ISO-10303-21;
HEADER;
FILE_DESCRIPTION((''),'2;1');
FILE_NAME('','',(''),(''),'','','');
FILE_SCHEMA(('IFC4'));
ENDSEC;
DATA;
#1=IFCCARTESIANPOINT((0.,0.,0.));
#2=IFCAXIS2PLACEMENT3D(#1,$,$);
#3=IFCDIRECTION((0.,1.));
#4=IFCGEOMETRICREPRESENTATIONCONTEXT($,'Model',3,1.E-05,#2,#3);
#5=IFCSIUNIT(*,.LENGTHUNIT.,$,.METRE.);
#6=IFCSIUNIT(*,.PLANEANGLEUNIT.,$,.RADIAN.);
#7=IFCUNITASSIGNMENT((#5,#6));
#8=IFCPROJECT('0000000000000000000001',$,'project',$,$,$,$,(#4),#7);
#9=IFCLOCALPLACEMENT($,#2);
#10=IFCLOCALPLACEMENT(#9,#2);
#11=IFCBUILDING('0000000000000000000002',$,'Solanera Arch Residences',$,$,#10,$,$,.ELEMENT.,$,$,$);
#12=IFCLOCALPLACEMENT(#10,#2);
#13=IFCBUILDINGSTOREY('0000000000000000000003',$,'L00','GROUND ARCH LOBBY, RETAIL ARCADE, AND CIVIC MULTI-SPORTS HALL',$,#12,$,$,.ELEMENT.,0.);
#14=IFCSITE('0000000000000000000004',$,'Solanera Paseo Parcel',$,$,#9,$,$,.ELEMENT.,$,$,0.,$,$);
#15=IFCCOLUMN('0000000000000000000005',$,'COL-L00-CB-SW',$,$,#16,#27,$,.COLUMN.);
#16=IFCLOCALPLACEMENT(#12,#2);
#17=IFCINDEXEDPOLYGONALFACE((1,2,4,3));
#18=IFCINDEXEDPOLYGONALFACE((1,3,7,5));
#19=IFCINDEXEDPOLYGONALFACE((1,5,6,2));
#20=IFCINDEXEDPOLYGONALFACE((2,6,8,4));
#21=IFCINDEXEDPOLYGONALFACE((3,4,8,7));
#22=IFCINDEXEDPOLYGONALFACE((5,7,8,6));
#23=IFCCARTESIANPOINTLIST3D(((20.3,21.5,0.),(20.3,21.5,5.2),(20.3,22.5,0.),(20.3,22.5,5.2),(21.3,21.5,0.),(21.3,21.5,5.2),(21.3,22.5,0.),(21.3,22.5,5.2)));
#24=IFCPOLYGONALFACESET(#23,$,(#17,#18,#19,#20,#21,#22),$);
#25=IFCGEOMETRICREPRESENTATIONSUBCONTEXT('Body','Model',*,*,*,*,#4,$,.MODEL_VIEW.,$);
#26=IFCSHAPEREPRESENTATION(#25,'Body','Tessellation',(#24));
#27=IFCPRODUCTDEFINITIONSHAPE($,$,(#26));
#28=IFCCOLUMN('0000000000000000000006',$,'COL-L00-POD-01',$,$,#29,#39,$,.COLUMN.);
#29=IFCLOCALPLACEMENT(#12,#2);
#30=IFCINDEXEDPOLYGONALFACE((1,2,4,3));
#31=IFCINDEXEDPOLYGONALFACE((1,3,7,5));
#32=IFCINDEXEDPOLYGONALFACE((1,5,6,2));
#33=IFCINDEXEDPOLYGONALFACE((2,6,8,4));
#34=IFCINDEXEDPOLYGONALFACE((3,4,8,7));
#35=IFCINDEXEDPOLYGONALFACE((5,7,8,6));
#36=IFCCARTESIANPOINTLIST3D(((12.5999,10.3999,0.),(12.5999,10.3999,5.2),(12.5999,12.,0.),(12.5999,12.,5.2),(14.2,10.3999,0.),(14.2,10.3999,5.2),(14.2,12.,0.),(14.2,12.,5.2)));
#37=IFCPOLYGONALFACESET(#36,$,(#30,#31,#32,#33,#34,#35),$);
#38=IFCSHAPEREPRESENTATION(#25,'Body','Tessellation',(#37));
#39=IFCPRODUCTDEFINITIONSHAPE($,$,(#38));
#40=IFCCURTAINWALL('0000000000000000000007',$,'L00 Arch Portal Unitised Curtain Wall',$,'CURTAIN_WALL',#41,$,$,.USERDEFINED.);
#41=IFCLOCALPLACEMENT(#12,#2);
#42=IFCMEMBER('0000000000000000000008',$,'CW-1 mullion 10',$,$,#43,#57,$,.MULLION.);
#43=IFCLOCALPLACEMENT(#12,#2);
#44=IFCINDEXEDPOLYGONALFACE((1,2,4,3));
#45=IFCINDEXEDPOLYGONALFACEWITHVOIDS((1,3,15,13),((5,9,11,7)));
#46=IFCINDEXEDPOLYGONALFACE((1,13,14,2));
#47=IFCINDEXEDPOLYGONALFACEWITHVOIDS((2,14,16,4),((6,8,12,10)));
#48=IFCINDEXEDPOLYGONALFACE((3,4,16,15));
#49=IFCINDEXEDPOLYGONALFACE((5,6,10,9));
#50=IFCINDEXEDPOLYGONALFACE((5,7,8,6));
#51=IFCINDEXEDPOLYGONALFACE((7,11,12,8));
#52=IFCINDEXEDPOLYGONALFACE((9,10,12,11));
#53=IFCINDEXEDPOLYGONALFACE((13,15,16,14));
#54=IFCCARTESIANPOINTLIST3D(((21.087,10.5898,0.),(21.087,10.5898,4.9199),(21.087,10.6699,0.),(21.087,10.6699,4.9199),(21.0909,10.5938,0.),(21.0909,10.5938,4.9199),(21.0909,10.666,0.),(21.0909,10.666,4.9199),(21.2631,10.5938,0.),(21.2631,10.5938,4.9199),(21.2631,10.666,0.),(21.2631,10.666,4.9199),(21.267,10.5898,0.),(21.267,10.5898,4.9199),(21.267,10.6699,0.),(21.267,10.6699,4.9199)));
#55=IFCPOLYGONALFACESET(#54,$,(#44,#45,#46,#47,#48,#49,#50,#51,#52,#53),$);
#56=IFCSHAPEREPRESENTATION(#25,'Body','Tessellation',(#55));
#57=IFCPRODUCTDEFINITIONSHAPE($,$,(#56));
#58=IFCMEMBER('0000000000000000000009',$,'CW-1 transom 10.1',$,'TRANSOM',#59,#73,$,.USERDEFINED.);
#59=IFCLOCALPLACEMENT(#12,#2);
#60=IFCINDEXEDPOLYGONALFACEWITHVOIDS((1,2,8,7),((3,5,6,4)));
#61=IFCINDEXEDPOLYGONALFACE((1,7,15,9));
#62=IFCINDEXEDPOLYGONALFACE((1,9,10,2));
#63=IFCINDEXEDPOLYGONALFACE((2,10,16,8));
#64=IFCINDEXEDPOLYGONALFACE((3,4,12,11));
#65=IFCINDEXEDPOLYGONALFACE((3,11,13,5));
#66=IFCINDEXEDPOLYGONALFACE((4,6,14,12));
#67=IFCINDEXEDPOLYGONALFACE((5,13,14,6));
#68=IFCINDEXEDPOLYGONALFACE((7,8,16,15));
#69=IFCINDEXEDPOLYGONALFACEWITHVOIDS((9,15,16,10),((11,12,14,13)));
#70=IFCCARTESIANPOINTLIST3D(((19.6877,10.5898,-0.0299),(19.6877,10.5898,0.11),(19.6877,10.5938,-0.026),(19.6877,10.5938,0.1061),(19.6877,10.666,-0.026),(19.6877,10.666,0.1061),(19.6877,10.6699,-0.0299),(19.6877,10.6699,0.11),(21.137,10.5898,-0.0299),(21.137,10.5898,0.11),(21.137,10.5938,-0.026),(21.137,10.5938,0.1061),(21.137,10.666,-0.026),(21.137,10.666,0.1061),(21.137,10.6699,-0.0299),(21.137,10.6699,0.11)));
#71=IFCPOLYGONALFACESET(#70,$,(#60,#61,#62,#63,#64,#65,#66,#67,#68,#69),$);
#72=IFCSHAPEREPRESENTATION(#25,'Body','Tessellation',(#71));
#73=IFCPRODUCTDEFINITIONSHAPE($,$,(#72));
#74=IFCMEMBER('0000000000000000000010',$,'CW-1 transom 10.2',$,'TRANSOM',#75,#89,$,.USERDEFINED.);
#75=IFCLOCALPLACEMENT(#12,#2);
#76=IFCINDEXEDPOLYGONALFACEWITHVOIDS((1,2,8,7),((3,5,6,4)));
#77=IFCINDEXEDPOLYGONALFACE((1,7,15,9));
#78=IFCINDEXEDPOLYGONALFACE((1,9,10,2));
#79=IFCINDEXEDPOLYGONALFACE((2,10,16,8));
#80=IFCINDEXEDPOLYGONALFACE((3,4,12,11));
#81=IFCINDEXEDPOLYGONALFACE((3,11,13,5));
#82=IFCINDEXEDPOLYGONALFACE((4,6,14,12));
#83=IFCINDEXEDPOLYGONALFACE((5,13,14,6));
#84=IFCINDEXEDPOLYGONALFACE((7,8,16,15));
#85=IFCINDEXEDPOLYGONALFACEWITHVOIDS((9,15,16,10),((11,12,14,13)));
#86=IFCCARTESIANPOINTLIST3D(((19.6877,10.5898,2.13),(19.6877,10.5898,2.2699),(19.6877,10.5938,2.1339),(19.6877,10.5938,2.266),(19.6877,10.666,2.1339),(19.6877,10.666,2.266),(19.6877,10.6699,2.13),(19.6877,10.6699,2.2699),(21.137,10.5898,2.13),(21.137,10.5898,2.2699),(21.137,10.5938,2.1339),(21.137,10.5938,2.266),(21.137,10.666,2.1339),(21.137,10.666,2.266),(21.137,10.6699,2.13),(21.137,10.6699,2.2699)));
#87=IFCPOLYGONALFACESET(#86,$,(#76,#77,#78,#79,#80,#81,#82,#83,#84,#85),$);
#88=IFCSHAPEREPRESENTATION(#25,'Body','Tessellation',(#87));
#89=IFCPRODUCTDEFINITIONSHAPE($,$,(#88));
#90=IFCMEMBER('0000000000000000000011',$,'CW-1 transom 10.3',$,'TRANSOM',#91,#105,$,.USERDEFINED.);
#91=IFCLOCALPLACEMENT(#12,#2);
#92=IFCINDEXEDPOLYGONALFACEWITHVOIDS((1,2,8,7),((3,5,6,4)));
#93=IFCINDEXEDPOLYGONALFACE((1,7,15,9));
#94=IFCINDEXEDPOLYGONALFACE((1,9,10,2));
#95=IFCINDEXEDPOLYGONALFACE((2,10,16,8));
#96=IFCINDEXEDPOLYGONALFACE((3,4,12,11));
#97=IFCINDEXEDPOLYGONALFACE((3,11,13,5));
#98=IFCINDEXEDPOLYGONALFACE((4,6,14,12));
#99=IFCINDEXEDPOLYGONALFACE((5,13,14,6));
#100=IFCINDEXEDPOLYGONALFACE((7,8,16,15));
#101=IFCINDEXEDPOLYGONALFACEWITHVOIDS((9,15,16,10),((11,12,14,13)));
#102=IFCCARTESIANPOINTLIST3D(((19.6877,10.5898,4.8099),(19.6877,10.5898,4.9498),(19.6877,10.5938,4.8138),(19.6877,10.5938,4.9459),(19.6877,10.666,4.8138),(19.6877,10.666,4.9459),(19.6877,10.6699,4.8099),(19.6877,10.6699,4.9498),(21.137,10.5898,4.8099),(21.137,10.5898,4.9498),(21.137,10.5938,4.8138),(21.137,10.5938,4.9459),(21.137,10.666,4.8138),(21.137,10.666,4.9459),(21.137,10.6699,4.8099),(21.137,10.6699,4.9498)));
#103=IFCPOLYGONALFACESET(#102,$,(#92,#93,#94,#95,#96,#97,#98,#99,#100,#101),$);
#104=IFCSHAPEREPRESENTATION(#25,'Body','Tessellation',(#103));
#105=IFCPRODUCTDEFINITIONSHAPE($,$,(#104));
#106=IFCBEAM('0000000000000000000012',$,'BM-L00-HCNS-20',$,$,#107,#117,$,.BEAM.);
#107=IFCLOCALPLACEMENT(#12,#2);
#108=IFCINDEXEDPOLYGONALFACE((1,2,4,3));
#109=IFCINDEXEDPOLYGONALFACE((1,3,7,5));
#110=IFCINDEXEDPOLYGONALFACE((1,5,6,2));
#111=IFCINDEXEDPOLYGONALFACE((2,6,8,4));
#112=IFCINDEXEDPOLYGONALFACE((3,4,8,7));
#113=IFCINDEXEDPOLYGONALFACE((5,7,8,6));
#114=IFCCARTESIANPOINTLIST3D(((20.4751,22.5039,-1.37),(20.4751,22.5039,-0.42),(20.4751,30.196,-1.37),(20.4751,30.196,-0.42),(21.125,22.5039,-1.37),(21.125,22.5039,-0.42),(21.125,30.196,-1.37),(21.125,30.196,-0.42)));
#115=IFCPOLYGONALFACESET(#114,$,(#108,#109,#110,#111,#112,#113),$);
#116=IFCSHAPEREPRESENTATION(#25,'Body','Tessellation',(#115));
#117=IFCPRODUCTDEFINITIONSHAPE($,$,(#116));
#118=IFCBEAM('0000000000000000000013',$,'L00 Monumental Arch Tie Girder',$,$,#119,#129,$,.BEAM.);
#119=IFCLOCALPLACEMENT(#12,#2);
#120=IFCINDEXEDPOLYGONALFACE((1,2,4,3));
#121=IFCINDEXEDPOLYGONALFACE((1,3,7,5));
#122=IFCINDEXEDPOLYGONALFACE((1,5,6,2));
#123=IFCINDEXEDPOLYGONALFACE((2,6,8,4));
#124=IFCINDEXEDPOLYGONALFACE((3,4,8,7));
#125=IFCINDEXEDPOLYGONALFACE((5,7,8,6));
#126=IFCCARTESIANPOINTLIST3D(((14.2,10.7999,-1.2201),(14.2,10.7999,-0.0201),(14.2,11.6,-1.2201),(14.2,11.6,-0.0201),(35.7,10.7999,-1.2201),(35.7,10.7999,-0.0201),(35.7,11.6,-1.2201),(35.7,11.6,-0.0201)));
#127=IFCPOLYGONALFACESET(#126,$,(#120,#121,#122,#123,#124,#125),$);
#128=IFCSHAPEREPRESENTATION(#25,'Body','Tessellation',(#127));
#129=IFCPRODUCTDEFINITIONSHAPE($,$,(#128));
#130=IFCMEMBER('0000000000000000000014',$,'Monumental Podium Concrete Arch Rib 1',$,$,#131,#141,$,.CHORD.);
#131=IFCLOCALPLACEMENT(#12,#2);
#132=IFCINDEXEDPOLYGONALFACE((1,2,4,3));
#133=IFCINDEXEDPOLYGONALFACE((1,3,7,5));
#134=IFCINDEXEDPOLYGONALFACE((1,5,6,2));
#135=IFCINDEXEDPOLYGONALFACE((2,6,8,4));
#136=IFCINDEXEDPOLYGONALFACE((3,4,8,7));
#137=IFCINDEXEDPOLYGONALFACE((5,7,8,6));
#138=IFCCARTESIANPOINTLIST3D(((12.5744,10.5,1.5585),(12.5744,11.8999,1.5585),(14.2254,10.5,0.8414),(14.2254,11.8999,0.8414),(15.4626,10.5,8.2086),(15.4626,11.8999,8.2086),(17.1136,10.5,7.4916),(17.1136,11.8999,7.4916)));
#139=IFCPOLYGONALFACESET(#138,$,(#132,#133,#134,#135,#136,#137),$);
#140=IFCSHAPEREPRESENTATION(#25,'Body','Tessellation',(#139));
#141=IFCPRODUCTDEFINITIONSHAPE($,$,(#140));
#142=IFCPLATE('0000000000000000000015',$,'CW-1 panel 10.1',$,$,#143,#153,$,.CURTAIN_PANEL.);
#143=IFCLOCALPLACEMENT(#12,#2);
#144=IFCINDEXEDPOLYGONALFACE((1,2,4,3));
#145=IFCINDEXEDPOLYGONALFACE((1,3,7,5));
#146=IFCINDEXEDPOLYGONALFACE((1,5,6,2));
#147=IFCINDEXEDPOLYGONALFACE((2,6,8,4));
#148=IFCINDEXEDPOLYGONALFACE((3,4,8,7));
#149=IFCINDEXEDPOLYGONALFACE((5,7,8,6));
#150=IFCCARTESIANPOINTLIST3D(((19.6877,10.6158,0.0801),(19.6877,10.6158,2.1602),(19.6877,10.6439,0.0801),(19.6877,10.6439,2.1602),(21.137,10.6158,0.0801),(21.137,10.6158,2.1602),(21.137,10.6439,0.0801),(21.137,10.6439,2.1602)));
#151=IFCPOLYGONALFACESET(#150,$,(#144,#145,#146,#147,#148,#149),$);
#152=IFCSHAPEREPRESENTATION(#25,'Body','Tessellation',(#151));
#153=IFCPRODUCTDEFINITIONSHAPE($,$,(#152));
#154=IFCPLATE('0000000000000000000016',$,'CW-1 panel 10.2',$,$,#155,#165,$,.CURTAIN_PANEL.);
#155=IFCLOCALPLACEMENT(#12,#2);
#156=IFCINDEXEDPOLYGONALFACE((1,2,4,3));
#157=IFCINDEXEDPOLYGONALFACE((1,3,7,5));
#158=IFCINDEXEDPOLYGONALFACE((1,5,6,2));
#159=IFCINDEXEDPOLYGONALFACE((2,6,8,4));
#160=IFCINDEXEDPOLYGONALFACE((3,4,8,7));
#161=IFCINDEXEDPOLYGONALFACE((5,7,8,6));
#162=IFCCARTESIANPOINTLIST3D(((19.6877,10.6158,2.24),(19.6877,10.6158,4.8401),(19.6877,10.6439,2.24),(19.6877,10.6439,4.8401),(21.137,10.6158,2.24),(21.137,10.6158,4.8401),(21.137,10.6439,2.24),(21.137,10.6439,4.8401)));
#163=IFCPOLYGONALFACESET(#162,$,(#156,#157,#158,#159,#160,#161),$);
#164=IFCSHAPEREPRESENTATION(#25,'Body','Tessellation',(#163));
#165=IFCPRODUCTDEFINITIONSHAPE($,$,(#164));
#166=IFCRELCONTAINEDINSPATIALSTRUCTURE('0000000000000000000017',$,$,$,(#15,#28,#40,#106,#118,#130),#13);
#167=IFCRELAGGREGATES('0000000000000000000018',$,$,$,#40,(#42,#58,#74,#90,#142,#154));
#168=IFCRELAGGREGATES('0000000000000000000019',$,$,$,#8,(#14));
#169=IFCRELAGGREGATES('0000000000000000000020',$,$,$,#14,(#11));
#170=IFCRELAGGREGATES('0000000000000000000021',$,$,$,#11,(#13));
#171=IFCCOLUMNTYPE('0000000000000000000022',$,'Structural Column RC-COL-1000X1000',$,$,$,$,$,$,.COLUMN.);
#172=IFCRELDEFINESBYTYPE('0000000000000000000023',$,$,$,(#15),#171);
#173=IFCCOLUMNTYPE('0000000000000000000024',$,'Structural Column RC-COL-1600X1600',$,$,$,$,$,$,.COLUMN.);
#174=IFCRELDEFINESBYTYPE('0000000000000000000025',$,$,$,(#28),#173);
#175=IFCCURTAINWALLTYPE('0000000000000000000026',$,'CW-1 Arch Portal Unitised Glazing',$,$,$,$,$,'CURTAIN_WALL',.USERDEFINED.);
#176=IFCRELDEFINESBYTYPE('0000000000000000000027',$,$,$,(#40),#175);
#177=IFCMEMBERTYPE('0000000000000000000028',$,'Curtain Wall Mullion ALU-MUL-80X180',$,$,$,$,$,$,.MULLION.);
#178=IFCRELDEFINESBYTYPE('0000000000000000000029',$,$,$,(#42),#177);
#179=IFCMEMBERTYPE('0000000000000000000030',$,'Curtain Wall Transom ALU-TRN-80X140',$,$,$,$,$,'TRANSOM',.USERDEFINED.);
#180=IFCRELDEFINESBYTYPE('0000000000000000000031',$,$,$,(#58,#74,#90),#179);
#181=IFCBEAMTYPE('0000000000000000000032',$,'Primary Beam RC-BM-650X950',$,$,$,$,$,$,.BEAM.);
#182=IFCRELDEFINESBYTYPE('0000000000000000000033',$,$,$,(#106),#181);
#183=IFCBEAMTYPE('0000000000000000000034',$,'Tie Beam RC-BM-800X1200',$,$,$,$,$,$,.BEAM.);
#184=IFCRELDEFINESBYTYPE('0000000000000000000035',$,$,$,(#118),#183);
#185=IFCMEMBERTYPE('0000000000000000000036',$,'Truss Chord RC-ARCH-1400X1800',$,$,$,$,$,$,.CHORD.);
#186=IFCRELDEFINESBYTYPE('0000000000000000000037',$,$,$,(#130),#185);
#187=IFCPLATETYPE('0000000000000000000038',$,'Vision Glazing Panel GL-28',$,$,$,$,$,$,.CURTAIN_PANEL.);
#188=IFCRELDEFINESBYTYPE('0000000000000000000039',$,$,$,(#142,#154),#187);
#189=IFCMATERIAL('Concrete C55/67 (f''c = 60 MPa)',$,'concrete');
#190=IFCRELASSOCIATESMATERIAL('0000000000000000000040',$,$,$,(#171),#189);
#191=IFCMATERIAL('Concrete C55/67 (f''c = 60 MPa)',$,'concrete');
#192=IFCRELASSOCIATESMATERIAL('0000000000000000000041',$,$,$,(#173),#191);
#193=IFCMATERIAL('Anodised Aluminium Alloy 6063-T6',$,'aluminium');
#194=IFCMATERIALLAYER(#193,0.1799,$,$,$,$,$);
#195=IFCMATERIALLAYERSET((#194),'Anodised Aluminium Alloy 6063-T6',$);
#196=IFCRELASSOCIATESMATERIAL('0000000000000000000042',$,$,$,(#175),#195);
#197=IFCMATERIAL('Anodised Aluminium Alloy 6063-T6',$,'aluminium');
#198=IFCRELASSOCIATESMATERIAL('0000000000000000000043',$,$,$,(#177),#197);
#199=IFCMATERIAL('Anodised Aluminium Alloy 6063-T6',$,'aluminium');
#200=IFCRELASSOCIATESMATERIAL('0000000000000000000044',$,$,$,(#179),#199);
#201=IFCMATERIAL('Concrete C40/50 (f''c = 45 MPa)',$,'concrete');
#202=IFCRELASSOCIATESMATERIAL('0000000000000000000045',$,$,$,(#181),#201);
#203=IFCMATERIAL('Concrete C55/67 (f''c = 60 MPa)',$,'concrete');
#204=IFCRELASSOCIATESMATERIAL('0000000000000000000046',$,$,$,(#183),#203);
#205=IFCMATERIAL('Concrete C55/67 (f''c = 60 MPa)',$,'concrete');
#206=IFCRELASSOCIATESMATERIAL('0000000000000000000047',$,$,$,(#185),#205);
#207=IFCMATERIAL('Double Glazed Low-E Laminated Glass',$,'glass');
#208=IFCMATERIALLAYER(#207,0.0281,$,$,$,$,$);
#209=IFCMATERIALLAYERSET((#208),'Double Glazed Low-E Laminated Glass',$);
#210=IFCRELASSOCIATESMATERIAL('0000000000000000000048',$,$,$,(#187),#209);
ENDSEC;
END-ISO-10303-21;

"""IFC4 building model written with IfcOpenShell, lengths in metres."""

from ifc_helpers import new_model, si_unit, direction, frame, origin, origin_2d, place, context, subcontext, project, spatial, rectangle, hollow_rectangle, extrude, material, layer, layer_set, material_profile, profile_set, type_object, element, aggregate, save


model = new_model("IFC4")

# Units and contexts
model_context = context("Model", 3, precision=1e-05, world=origin(), true_north=direction((0.0, 1.0)))
body_context = subcontext(model_context, "Body", "Model", "MODEL_VIEW")
ifc_project = project(units=[si_unit("LENGTHUNIT", "METRE"), si_unit("PLANEANGLEUNIT", "RADIAN")], contexts=[model_context])

# Site, building, storey
site_placement = place(None, origin())
site = spatial("IfcSite", under=ifc_project, at=site_placement, Name="Solanera Paseo Parcel", CompositionType="ELEMENT", RefElevation=0.0)
building_placement = place(site_placement, origin())
building = spatial("IfcBuilding", under=site, at=building_placement, Name="Solanera Arch Residences", CompositionType="ELEMENT")
storey_placement = place(building_placement, origin())
storey = spatial("IfcBuildingStorey", under=building, at=storey_placement, Name="L00", Description="GROUND ARCH LOBBY, RETAIL ARCADE, AND CIVIC MULTI-SPORTS HALL", CompositionType="ELEMENT", Elevation=0.0)

# Columns
ifc_material_1 = material(Name="Concrete C55/67 (f'c = 60 MPa)", Category="concrete")
ifc_material_profile_1 = material_profile(ifc_material_1, rectangle(XDim=1.0, YDim=1.0, at=origin_2d()))
ifc_profile_set_1 = profile_set([ifc_material_profile_1], Name="Concrete C55/67 (f'c = 60 MPa)")
column_type_1 = type_object("IfcColumnType", Name="Structural Column RC-COL-1000X1000", PredefinedType="COLUMN", material=ifc_profile_set_1)
column_1_placement = place(storey_placement, frame((20.8, 22.0, 0.0), z_axis=(0.0, 0.0, 1.0), x_axis=(1.0, 0.0, 0.0)))
element("IfcColumn", 1, at=column_1_placement, inside=storey, type_object=column_type_1, Name="COL-L00-CB-SW", PredefinedType="COLUMN", context=body_context, shape_type="SweptSolid", body=[
    extrude(rectangle(XDim=1.0, YDim=1.0, at=origin_2d()), origin(), (0.0, 0.0, 1.0), 5.2),
])
ifc_material_2 = material(Name="Concrete C55/67 (f'c = 60 MPa)", Category="concrete")
ifc_material_profile_2 = material_profile(ifc_material_2, rectangle(XDim=1.6001, YDim=1.6001, at=origin_2d()))
ifc_profile_set_2 = profile_set([ifc_material_profile_2], Name="Concrete C55/67 (f'c = 60 MPa)")
column_type_2 = type_object("IfcColumnType", Name="Structural Column RC-COL-1600X1600", PredefinedType="COLUMN", material=ifc_profile_set_2)
column_2_placement = place(storey_placement, frame((13.3999, 11.2, 0.0), z_axis=(0.0, 0.0, 1.0), x_axis=(1.0, 0.0, 0.0)))
element("IfcColumn", 2, at=column_2_placement, inside=storey, type_object=column_type_2, Name="COL-L00-POD-01", PredefinedType="COLUMN", context=body_context, shape_type="SweptSolid", body=[
    extrude(rectangle(XDim=1.6001, YDim=1.6001, at=origin_2d()), origin(), (0.0, 0.0, 1.0), 5.2),
])

# Curtain wall, members
ifc_material_3 = material(Name="Anodised Aluminium Alloy 6063-T6", Category="aluminium")
ifc_layer_1 = layer(ifc_material_3, 0.1799)
ifc_layer_set_1 = layer_set([ifc_layer_1], Name="Anodised Aluminium Alloy 6063-T6")
curtain_wall_type = type_object("IfcCurtainWallType", Name="CW-1 Arch Portal Unitised Glazing", ElementType="CURTAIN_WALL", PredefinedType="USERDEFINED", material=ifc_layer_set_1)
curtain_wall_placement = place(storey_placement, origin())
curtain_wall = element("IfcCurtainWall", 3, at=curtain_wall_placement, inside=storey, type_object=curtain_wall_type, Name="L00 Arch Portal Unitised Curtain Wall", ObjectType="CURTAIN_WALL", PredefinedType="USERDEFINED")
ifc_material_4 = material(Name="Anodised Aluminium Alloy 6063-T6", Category="aluminium")
ifc_material_profile_3 = material_profile(ifc_material_4, hollow_rectangle(XDim=0.0801, YDim=0.1799, WallThickness=0.0039, at=origin_2d()))
ifc_profile_set_3 = profile_set([ifc_material_profile_3], Name="Anodised Aluminium Alloy 6063-T6")
member_type_1 = type_object("IfcMemberType", Name="Curtain Wall Mullion ALU-MUL-80X180", PredefinedType="MULLION", material=ifc_profile_set_3)
member_1_placement = place(storey_placement, frame((21.177, 10.6299, 0.0), z_axis=(0.0, 0.0, 1.0), x_axis=(0.0, -1.0, 0.0)))
member_1 = element("IfcMember", 4, at=member_1_placement, type_object=member_type_1, Name="CW-1 mullion 10", PredefinedType="MULLION", context=body_context, shape_type="SweptSolid", body=[
    extrude(hollow_rectangle(XDim=0.0801, YDim=0.1799, WallThickness=0.0039, at=origin_2d()), origin(), (0.0, 0.0, 1.0), 4.9199),
])
ifc_material_5 = material(Name="Anodised Aluminium Alloy 6063-T6", Category="aluminium")
ifc_material_profile_4 = material_profile(ifc_material_5, hollow_rectangle(XDim=0.0801, YDim=0.1399, WallThickness=0.0039, at=origin_2d()))
ifc_profile_set_4 = profile_set([ifc_material_profile_4], Name="Anodised Aluminium Alloy 6063-T6")
member_type_2 = type_object("IfcMemberType", Name="Curtain Wall Transom ALU-TRN-80X140", ElementType="TRANSOM", PredefinedType="USERDEFINED", material=ifc_profile_set_4)
member_2_placement = place(storey_placement, frame((21.137, 10.6299, 0.04), z_axis=(-1.0, 0.0, 0.0), x_axis=(0.0, -1.0, 0.0)))
member_2 = element("IfcMember", 5, at=member_2_placement, type_object=member_type_2, Name="CW-1 transom 10.1", ObjectType="TRANSOM", PredefinedType="USERDEFINED", context=body_context, shape_type="SweptSolid", body=[
    extrude(hollow_rectangle(XDim=0.0801, YDim=0.1399, WallThickness=0.0039, at=origin_2d()), origin(), (0.0, 0.0, 1.0), 1.4492),
])
member_3_placement = place(storey_placement, frame((21.137, 10.6299, 2.2), z_axis=(-1.0, 0.0, 0.0), x_axis=(0.0, -1.0, 0.0)))
member_3 = element("IfcMember", 6, at=member_3_placement, type_object=member_type_2, Name="CW-1 transom 10.2", ObjectType="TRANSOM", PredefinedType="USERDEFINED", context=body_context, shape_type="SweptSolid", body=[
    extrude(hollow_rectangle(XDim=0.0801, YDim=0.1399, WallThickness=0.0039, at=origin_2d()), origin(), (0.0, 0.0, 1.0), 1.4492),
])
member_4_placement = place(storey_placement, frame((21.137, 10.6299, 4.8799), z_axis=(-1.0, 0.0, 0.0), x_axis=(0.0, -1.0, 0.0)))
member_4 = element("IfcMember", 7, at=member_4_placement, type_object=member_type_2, Name="CW-1 transom 10.3", ObjectType="TRANSOM", PredefinedType="USERDEFINED", context=body_context, shape_type="SweptSolid", body=[
    extrude(hollow_rectangle(XDim=0.0801, YDim=0.1399, WallThickness=0.0039, at=origin_2d()), origin(), (0.0, 0.0, 1.0), 1.4492),
])

# Beams
ifc_material_6 = material(Name="Concrete C40/50 (f'c = 45 MPa)", Category="concrete")
ifc_material_profile_5 = material_profile(ifc_material_6, rectangle(XDim=0.6499, YDim=0.95, at=origin_2d()))
ifc_profile_set_5 = profile_set([ifc_material_profile_5], Name="Concrete C40/50 (f'c = 45 MPa)")
beam_type_1 = type_object("IfcBeamType", Name="Primary Beam RC-BM-650X950", PredefinedType="BEAM", material=ifc_profile_set_5)
beam_1_placement = place(storey_placement, frame((20.8, 22.5039, -0.895), z_axis=(0.0, 1.0, 0.0), x_axis=(-1.0, 0.0, 0.0)))
element("IfcBeam", 8, at=beam_1_placement, inside=storey, type_object=beam_type_1, Name="BM-L00-HCNS-20", PredefinedType="BEAM", context=body_context, shape_type="SweptSolid", body=[
    extrude(rectangle(XDim=0.6499, YDim=0.95, at=origin_2d()), origin(), (0.0, 0.0, 1.0), 7.6921),
])
ifc_material_7 = material(Name="Concrete C55/67 (f'c = 60 MPa)", Category="concrete")
ifc_material_profile_6 = material_profile(ifc_material_7, rectangle(XDim=0.8, YDim=1.2, at=origin_2d()))
ifc_profile_set_6 = profile_set([ifc_material_profile_6], Name="Concrete C55/67 (f'c = 60 MPa)")
beam_type_2 = type_object("IfcBeamType", Name="Tie Beam RC-BM-800X1200", PredefinedType="BEAM", material=ifc_profile_set_6)
beam_2_placement = place(storey_placement, frame((14.2, 11.2, -0.6201), z_axis=(1.0, 0.0, 0.0), x_axis=(0.0, 1.0, 0.0)))
element("IfcBeam", 9, at=beam_2_placement, inside=storey, type_object=beam_type_2, Name="L00 Monumental Arch Tie Girder", PredefinedType="BEAM", context=body_context, shape_type="SweptSolid", body=[
    extrude(rectangle(XDim=0.8, YDim=1.2, at=origin_2d()), origin(), (0.0, 0.0, 1.0), 21.5),
])

# Member
ifc_material_8 = material(Name="Concrete C55/67 (f'c = 60 MPa)", Category="concrete")
ifc_material_profile_7 = material_profile(ifc_material_8, rectangle(XDim=1.3999, YDim=1.8, at=origin_2d()))
ifc_profile_set_7 = profile_set([ifc_material_profile_7], Name="Concrete C55/67 (f'c = 60 MPa)")
member_type_3 = type_object("IfcMemberType", Name="Truss Chord RC-ARCH-1400X1800", PredefinedType="CHORD", material=ifc_profile_set_7)
member_5_placement = place(storey_placement, frame((13.3999, 11.2, 1.2), z_axis=(0.398357, 0.0, 0.917231), x_axis=(0.0, 1.0, 0.0)))
element("IfcMember", 10, at=member_5_placement, inside=storey, type_object=member_type_3, Name="Monumental Podium Concrete Arch Rib 1", PredefinedType="CHORD", context=body_context, shape_type="SweptSolid", body=[
    extrude(rectangle(XDim=1.3999, YDim=1.8, at=origin_2d()), origin(), (0.0, 0.0, 1.0), 7.2502),
])

# Plates
ifc_material_9 = material(Name="Double Glazed Low-E Laminated Glass", Category="glass")
ifc_layer_2 = layer(ifc_material_9, 0.0281)
ifc_layer_set_2 = layer_set([ifc_layer_2], Name="Double Glazed Low-E Laminated Glass")
plate_type = type_object("IfcPlateType", Name="Vision Glazing Panel GL-28", PredefinedType="CURTAIN_PANEL", material=ifc_layer_set_2)
plate_1_placement = place(storey_placement, frame((20.4124, 10.6299, 0.0801), z_axis=(0.0, 0.0, 1.0), x_axis=(-1.0, 0.0, 0.0)))
plate_1 = element("IfcPlate", 11, at=plate_1_placement, type_object=plate_type, Name="CW-1 panel 10.1", PredefinedType="CURTAIN_PANEL", context=body_context, shape_type="SweptSolid", body=[
    extrude(rectangle(XDim=1.4492, YDim=0.0281, at=origin_2d()), origin(), (0.0, 0.0, 1.0), 2.0801),
])
plate_2_placement = place(storey_placement, frame((20.4124, 10.6299, 2.24), z_axis=(0.0, 0.0, 1.0), x_axis=(-1.0, 0.0, 0.0)))
plate_2 = element("IfcPlate", 12, at=plate_2_placement, type_object=plate_type, Name="CW-1 panel 10.2", PredefinedType="CURTAIN_PANEL", context=body_context, shape_type="SweptSolid", body=[
    extrude(rectangle(XDim=1.4492, YDim=0.0281, at=origin_2d()), origin(), (0.0, 0.0, 1.0), 2.6001),
])
aggregate(curtain_wall, [member_1, member_2, member_3, member_4, plate_1, plate_2])

save(model, "model.ifc")
